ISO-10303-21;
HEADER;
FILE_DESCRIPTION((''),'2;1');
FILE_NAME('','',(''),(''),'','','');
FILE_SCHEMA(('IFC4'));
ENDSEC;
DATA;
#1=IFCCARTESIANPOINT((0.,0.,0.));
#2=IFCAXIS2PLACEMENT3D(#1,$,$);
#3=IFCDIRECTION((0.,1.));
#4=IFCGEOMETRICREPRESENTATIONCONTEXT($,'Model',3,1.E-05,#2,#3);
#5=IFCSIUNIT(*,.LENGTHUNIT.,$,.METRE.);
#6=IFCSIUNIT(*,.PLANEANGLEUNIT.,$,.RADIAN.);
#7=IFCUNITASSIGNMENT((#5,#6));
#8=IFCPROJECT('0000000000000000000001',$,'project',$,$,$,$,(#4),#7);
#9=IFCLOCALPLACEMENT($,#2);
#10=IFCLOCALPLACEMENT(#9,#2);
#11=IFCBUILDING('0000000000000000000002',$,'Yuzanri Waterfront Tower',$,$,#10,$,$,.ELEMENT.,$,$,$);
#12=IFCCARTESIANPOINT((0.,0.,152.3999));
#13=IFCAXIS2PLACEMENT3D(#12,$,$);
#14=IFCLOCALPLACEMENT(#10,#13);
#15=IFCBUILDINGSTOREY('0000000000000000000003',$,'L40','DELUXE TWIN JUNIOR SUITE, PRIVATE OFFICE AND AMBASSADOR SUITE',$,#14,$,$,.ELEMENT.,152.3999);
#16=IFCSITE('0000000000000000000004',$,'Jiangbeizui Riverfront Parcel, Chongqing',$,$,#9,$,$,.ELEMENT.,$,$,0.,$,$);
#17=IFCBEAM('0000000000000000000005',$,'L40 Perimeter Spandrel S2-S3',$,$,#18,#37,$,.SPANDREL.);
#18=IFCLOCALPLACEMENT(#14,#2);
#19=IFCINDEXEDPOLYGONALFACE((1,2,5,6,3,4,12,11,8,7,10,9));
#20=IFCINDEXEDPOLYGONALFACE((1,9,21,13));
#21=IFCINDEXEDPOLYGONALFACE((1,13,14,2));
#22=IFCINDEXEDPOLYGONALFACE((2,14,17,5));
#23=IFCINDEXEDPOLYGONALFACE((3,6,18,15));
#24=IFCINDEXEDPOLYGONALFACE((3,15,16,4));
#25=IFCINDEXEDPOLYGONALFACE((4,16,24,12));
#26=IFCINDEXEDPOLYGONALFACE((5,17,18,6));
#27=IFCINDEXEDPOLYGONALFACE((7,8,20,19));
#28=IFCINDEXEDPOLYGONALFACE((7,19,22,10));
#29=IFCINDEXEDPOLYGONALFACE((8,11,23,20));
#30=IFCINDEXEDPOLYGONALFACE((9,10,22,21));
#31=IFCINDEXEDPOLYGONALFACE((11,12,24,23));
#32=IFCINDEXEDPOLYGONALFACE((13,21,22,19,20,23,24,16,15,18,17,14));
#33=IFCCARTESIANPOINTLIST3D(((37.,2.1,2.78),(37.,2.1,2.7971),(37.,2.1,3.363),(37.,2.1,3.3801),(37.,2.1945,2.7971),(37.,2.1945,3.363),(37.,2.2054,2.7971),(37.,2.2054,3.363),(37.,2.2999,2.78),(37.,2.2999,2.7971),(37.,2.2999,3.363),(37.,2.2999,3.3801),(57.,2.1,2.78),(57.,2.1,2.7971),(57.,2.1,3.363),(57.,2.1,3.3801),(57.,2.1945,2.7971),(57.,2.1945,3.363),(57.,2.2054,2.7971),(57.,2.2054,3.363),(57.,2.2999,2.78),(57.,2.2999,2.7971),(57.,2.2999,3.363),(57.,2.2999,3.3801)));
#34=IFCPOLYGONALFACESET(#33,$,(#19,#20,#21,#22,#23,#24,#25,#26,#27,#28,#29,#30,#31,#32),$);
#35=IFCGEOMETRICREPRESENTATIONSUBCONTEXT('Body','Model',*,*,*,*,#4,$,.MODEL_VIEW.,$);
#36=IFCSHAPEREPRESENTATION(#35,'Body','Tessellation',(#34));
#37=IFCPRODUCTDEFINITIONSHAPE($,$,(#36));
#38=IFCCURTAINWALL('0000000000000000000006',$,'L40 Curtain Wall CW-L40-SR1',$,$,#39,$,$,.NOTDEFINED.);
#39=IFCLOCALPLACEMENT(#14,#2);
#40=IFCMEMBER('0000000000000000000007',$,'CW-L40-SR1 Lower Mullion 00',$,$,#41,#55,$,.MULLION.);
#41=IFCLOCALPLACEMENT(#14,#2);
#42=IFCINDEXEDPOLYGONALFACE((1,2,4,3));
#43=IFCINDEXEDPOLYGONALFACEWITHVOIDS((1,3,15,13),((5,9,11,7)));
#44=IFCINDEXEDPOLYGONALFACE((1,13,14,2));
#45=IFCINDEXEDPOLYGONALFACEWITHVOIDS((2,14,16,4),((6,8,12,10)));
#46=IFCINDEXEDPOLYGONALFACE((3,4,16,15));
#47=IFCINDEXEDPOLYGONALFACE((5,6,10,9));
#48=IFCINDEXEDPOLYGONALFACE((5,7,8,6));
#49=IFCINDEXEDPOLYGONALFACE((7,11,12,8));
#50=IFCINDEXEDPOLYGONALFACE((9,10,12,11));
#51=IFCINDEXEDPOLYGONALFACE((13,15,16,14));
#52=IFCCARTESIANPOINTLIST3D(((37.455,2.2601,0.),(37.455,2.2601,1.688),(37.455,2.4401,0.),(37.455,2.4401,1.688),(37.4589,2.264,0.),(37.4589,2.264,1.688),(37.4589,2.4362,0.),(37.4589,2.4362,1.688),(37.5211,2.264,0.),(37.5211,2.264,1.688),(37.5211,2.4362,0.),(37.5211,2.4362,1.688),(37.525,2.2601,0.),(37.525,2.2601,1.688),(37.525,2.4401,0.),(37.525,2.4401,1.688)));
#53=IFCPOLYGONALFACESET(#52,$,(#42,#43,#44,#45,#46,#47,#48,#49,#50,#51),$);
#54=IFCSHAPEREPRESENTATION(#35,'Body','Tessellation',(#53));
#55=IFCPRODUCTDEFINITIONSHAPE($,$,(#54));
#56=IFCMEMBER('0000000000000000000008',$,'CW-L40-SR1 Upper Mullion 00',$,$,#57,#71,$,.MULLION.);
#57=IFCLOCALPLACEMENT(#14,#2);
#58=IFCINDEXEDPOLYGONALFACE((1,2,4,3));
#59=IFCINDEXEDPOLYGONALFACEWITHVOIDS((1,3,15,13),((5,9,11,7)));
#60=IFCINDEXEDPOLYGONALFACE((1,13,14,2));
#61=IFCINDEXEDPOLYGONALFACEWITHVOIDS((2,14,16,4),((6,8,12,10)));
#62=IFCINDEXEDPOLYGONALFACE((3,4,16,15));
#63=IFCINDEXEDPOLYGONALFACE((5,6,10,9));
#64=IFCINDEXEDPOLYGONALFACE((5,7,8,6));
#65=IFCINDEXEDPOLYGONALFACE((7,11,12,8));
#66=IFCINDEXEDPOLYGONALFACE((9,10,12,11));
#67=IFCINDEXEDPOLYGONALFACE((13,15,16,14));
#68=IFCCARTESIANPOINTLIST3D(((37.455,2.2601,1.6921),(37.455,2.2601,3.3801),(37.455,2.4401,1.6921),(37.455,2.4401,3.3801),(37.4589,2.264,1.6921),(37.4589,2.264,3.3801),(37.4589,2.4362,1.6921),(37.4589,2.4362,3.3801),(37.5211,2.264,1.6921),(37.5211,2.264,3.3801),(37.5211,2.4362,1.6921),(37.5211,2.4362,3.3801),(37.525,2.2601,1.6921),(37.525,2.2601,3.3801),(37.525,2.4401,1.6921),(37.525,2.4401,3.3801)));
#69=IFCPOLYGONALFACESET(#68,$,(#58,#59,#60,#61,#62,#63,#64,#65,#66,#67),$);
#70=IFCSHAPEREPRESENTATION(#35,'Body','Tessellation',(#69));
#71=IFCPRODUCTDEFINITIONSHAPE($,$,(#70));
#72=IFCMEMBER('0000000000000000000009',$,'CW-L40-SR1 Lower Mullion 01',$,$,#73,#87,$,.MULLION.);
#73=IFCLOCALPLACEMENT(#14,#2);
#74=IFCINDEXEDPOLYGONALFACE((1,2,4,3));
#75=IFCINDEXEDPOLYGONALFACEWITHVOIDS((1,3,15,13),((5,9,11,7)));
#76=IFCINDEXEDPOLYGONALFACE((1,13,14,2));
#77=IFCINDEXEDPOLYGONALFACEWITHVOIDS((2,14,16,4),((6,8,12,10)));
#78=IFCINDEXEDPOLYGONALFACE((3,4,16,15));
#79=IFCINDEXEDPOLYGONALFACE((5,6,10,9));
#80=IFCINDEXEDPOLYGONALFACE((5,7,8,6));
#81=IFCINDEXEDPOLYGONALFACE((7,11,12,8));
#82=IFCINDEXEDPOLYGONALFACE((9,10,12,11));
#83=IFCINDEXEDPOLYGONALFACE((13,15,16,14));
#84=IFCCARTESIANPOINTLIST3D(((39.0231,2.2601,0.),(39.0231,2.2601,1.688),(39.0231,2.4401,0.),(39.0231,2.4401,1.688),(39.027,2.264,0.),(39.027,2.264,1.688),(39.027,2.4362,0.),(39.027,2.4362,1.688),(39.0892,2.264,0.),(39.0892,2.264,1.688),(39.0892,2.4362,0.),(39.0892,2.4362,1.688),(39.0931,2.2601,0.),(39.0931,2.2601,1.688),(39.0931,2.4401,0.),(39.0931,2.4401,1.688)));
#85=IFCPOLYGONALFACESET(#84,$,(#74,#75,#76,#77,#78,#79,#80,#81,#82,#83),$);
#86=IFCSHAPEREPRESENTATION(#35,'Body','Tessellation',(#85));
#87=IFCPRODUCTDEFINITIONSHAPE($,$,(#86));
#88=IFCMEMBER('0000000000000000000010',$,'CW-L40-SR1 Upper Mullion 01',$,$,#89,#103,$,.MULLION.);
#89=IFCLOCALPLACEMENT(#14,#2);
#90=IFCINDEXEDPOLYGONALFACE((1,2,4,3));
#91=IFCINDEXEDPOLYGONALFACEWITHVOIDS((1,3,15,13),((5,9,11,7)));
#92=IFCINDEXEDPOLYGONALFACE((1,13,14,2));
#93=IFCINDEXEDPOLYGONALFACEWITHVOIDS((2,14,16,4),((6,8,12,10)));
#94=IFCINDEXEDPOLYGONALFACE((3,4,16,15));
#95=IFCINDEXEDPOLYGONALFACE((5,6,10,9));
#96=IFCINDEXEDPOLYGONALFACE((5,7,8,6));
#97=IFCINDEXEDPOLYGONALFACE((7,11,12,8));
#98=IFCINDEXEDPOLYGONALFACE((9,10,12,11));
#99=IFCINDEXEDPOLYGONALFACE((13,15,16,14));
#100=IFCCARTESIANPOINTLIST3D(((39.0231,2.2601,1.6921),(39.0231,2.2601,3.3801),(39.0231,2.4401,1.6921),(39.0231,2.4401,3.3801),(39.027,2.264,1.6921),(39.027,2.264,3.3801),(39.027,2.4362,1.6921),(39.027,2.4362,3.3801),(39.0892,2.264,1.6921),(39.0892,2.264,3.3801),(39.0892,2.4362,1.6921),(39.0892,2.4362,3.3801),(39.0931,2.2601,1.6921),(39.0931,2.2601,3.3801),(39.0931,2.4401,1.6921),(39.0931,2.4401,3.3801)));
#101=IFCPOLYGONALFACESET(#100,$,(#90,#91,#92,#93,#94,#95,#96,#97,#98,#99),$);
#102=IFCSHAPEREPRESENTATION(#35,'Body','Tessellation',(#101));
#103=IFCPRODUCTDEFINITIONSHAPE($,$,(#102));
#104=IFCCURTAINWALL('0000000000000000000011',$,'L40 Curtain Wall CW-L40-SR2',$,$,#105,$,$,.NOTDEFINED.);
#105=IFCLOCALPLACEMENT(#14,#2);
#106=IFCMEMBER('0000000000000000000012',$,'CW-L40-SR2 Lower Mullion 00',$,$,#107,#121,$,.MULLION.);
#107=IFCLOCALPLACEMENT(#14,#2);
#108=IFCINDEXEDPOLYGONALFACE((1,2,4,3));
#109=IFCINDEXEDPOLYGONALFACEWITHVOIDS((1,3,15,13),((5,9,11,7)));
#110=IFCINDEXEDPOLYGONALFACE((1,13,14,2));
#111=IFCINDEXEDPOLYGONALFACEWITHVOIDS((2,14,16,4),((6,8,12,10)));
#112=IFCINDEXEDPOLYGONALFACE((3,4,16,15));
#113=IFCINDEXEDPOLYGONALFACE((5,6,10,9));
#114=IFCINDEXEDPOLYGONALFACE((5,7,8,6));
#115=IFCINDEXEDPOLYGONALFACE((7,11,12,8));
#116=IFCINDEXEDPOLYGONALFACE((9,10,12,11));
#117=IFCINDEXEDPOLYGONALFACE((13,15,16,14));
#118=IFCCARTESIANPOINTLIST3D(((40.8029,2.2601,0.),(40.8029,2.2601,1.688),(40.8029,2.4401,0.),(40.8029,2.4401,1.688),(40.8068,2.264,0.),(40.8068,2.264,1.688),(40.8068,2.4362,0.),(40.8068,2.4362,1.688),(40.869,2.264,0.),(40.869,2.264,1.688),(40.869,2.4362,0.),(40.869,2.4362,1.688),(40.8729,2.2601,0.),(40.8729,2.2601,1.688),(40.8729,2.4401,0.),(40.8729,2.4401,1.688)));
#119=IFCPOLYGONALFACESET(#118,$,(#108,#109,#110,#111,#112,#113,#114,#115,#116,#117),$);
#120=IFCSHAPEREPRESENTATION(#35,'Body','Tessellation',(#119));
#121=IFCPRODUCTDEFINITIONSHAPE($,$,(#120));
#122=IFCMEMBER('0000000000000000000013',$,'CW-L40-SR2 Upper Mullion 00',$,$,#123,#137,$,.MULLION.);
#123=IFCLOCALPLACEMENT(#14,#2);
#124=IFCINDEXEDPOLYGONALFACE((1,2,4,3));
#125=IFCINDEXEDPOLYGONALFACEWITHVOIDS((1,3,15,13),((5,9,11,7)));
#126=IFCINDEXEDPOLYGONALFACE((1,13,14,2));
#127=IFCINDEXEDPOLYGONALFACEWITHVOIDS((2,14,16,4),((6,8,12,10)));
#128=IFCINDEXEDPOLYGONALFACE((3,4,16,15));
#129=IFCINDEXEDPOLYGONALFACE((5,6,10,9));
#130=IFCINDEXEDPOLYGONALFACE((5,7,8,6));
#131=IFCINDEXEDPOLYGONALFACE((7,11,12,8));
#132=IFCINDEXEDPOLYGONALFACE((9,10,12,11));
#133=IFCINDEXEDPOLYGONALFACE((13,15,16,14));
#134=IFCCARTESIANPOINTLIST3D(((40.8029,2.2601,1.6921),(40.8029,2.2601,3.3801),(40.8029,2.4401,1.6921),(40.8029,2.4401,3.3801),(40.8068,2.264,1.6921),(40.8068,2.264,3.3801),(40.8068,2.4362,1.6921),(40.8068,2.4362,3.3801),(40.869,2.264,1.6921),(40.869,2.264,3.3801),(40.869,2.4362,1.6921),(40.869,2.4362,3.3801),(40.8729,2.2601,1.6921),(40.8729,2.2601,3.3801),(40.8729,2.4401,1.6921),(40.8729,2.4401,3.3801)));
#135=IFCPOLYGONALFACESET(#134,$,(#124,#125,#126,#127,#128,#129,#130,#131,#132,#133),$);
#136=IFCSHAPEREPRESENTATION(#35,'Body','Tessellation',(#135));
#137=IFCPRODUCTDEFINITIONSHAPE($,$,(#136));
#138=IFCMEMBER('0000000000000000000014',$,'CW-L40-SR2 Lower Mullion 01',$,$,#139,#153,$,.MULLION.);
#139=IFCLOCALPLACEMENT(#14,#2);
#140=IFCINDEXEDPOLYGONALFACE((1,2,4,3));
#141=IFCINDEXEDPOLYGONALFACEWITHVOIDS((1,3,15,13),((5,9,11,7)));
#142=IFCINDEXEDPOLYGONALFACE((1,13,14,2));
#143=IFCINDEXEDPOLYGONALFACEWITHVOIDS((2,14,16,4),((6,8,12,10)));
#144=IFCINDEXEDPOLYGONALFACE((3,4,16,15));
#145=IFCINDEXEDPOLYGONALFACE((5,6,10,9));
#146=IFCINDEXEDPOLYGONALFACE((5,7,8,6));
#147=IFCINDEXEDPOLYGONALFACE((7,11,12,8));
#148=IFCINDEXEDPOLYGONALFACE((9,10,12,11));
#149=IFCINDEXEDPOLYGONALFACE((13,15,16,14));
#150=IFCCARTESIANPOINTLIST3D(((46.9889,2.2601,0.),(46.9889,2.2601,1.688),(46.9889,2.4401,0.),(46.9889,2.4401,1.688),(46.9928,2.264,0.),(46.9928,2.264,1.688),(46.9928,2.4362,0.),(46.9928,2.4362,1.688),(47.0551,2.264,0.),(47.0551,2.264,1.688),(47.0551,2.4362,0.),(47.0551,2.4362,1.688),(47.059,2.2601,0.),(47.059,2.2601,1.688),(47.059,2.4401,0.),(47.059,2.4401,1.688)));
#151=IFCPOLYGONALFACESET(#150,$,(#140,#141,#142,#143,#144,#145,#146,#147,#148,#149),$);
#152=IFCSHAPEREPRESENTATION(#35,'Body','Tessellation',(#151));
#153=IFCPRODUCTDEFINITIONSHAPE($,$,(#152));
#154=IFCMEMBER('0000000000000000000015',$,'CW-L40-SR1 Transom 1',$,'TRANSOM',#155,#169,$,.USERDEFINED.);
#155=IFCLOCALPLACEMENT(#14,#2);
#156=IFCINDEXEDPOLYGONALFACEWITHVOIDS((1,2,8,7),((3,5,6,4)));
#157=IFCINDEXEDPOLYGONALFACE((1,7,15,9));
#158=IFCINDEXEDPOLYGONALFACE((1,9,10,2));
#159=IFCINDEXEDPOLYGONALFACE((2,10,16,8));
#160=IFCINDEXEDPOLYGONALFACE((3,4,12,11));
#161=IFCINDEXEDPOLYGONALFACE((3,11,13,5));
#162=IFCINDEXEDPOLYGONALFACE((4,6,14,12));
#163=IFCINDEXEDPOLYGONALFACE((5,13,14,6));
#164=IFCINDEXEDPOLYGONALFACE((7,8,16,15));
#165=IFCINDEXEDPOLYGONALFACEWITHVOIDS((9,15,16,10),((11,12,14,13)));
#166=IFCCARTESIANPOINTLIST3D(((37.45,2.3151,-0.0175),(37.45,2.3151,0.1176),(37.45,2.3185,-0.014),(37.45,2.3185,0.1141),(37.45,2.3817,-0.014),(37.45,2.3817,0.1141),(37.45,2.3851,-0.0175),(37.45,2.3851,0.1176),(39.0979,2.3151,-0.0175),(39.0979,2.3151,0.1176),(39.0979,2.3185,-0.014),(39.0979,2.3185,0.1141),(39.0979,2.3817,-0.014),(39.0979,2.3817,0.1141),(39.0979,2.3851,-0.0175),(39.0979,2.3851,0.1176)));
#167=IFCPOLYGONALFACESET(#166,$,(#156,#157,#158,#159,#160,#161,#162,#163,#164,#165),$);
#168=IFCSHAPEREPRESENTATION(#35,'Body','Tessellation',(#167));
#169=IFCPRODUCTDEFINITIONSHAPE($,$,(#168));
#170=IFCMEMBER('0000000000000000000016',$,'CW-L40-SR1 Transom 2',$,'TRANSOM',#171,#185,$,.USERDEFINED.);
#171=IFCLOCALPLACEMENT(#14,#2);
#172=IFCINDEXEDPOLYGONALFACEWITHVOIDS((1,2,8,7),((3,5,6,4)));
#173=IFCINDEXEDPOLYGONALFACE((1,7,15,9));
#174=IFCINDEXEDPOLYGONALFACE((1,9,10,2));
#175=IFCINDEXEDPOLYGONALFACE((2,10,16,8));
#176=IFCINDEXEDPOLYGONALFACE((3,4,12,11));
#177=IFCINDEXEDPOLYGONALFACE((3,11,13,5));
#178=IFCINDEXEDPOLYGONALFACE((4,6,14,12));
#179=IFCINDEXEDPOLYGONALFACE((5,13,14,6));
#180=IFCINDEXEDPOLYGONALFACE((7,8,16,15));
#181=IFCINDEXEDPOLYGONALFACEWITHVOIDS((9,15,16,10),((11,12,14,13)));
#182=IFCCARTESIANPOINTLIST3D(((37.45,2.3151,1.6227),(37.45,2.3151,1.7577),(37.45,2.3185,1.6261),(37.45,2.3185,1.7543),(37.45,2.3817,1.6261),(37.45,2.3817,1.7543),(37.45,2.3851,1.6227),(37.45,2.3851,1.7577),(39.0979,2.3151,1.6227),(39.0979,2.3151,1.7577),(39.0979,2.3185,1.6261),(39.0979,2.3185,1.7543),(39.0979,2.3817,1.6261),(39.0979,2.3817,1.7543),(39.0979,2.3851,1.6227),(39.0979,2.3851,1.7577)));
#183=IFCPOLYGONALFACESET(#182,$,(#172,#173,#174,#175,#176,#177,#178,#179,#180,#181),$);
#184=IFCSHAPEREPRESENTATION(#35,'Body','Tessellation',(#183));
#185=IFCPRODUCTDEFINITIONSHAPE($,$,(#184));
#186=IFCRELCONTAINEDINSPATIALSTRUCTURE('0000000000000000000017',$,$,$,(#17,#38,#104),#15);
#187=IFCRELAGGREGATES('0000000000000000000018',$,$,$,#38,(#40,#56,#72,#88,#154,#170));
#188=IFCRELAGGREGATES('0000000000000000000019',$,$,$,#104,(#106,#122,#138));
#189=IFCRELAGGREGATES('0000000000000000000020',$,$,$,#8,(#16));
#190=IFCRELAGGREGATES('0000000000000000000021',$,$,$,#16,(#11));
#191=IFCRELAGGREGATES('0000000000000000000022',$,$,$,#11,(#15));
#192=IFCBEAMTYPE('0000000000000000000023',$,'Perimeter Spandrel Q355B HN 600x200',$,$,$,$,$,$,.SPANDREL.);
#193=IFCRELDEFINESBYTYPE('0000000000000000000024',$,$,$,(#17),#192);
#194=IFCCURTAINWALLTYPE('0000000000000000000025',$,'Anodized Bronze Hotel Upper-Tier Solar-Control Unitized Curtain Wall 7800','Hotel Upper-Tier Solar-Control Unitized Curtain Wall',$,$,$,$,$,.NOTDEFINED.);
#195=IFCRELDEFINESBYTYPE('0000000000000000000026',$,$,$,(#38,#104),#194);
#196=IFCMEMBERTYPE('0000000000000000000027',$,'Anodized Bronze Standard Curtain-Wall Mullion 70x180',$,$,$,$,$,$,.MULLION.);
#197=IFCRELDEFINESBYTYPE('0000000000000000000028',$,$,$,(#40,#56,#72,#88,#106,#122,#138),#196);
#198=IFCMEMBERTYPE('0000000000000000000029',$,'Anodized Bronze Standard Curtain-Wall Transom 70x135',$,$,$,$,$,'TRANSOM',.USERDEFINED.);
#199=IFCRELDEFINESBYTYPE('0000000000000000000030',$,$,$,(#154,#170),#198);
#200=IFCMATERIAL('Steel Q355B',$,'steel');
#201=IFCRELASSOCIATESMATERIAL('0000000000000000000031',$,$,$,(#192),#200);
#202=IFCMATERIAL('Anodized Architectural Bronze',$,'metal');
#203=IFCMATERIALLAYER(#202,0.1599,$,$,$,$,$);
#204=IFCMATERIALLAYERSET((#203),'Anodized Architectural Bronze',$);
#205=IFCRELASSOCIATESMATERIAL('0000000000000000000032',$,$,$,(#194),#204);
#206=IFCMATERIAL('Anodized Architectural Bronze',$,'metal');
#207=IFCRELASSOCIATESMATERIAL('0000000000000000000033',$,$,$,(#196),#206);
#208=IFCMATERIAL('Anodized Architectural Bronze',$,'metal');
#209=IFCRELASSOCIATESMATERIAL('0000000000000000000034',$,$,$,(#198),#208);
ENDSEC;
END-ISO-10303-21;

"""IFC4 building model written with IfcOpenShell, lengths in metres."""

from ifc_helpers import new_model, si_unit, direction, frame, origin, origin_2d, place, context, subcontext, project, spatial, hollow_rectangle, i_section, extrude, source, transform, mapped, material, layer, layer_set, material_profile, profile_set, type_object, element, aggregate, save


model = new_model("IFC4")

# Units and contexts
model_context = context("Model", 3, precision=1e-05, world=origin(), true_north=direction((0.0, 1.0)))
body_context = subcontext(model_context, "Body", "Model", "MODEL_VIEW")
ifc_project = project(units=[si_unit("LENGTHUNIT", "METRE"), si_unit("PLANEANGLEUNIT", "RADIAN")], contexts=[model_context])

# Site, building, storey
site_placement = place(None, origin())
site = spatial("IfcSite", under=ifc_project, at=site_placement, Name="Jiangbeizui Riverfront Parcel, Chongqing", CompositionType="ELEMENT", RefElevation=0.0)
building_placement = place(site_placement, origin())
building = spatial("IfcBuilding", under=site, at=building_placement, Name="Yuzanri Waterfront Tower", CompositionType="ELEMENT")
storey_placement = place(building_placement, frame((0.0, 0.0, 152.3999)))
storey = spatial("IfcBuildingStorey", under=building, at=storey_placement, Name="L40", Description="DELUXE TWIN JUNIOR SUITE, PRIVATE OFFICE AND AMBASSADOR SUITE", CompositionType="ELEMENT", Elevation=152.3999)

# Beam
ifc_material_1 = material(Name="Steel Q355B", Category="steel")
ifc_material_profile_1 = material_profile(ifc_material_1, i_section(OverallWidth=0.2, OverallDepth=0.6001, WebThickness=0.011, FlangeThickness=0.0171, at=origin_2d()), Name="HN 600x200x11x17")
ifc_profile_set_1 = profile_set([ifc_material_profile_1], Name="Steel Q355B")
beam_type = type_object("IfcBeamType", Name="Perimeter Spandrel Q355B HN 600x200", PredefinedType="SPANDREL", material=ifc_profile_set_1)
shared_shape_1 = source(origin(), body_context, "Body", "SweptSolid", [
    extrude(i_section(OverallWidth=0.2, OverallDepth=0.6001, WebThickness=0.011, FlangeThickness=0.0171, at=origin_2d()), origin(), (0.0, 0.0, 1.0), 20.0),
])
beam_placement = place(storey_placement, frame((37.0, 2.2, 3.0801), z_axis=(1.0, 0.0, 0.0), x_axis=(0.0, 1.0, 0.0)))
element("IfcBeam", 1, at=beam_placement, inside=storey, type_object=beam_type, Name="L40 Perimeter Spandrel S2-S3", PredefinedType="SPANDREL", context=body_context, shape_type="MappedRepresentation", body=[
    mapped(shared_shape_1, transform((0.0, 0.0, 0.0), scale=1.0)),
])

# Curtain walls, members
ifc_material_2 = material(Name="Anodized Architectural Bronze", Category="metal")
ifc_layer_1 = layer(ifc_material_2, 0.1599)
ifc_layer_set_1 = layer_set([ifc_layer_1], Name="Anodized Architectural Bronze")
curtain_wall_type = type_object("IfcCurtainWallType", Name="Anodized Bronze Hotel Upper-Tier Solar-Control Unitized Curtain Wall 7800", Description="Hotel Upper-Tier Solar-Control Unitized Curtain Wall", PredefinedType="NOTDEFINED", material=ifc_layer_set_1)
curtain_wall_1_placement = place(storey_placement, origin())
curtain_wall_1 = element("IfcCurtainWall", 2, at=curtain_wall_1_placement, inside=storey, type_object=curtain_wall_type, Name="L40 Curtain Wall CW-L40-SR1", PredefinedType="NOTDEFINED")
ifc_material_3 = material(Name="Anodized Architectural Bronze", Category="metal")
ifc_material_profile_2 = material_profile(ifc_material_3, hollow_rectangle(XDim=0.0701, YDim=0.1799, WallThickness=0.0039, at=origin_2d()), Name="CWM 70x180")
ifc_profile_set_2 = profile_set([ifc_material_profile_2], Name="Anodized Architectural Bronze")
member_type_1 = type_object("IfcMemberType", Name="Anodized Bronze Standard Curtain-Wall Mullion 70x180", PredefinedType="MULLION", material=ifc_profile_set_2)
shared_shape_2 = source(origin(), body_context, "Body", "SweptSolid", [
    extrude(hollow_rectangle(XDim=0.0701, YDim=0.1799, WallThickness=0.0039, at=origin_2d()), origin(), (0.0, 0.0, 1.0), 1.688),
])
member_1_placement = place(storey_placement, frame((37.49, 2.3501, 0.0), z_axis=(0.0, 0.0, 1.0), x_axis=(1.0, 0.0, 0.0)))
member_1 = element("IfcMember", 3, at=member_1_placement, type_object=member_type_1, Name="CW-L40-SR1 Lower Mullion 00", PredefinedType="MULLION", context=body_context, shape_type="MappedRepresentation", body=[
    mapped(shared_shape_2, transform((0.0, 0.0, 0.0), scale=1.0)),
])
member_2_placement = place(storey_placement, frame((37.49, 2.3501, 1.6921), z_axis=(0.0, 0.0, 1.0), x_axis=(1.0, 0.0, 0.0)))
member_2 = element("IfcMember", 4, at=member_2_placement, type_object=member_type_1, Name="CW-L40-SR1 Upper Mullion 00", PredefinedType="MULLION", context=body_context, shape_type="MappedRepresentation", body=[
    mapped(shared_shape_2, transform((0.0, 0.0, 0.0), scale=1.0)),
])
member_3_placement = place(storey_placement, frame((39.0581, 2.3501, 0.0), z_axis=(0.0, 0.0, 1.0), x_axis=(1.0, 0.0, 0.0)))
member_3 = element("IfcMember", 5, at=member_3_placement, type_object=member_type_1, Name="CW-L40-SR1 Lower Mullion 01", PredefinedType="MULLION", context=body_context, shape_type="MappedRepresentation", body=[
    mapped(shared_shape_2, transform((0.0, 0.0, 0.0), scale=1.0)),
])
member_4_placement = place(storey_placement, frame((39.0581, 2.3501, 1.6921), z_axis=(0.0, 0.0, 1.0), x_axis=(1.0, 0.0, 0.0)))
member_4 = element("IfcMember", 6, at=member_4_placement, type_object=member_type_1, Name="CW-L40-SR1 Upper Mullion 01", PredefinedType="MULLION", context=body_context, shape_type="MappedRepresentation", body=[
    mapped(shared_shape_2, transform((0.0, 0.0, 0.0), scale=1.0)),
])
curtain_wall_2_placement = place(storey_placement, origin())
curtain_wall_2 = element("IfcCurtainWall", 7, at=curtain_wall_2_placement, inside=storey, type_object=curtain_wall_type, Name="L40 Curtain Wall CW-L40-SR2", PredefinedType="NOTDEFINED")
member_5_placement = place(storey_placement, frame((40.8379, 2.3501, 0.0), z_axis=(0.0, 0.0, 1.0), x_axis=(1.0, 0.0, 0.0)))
member_5 = element("IfcMember", 8, at=member_5_placement, type_object=member_type_1, Name="CW-L40-SR2 Lower Mullion 00", PredefinedType="MULLION", context=body_context, shape_type="MappedRepresentation", body=[
    mapped(shared_shape_2, transform((0.0, 0.0, 0.0), scale=1.0)),
])
member_6_placement = place(storey_placement, frame((40.8379, 2.3501, 1.6921), z_axis=(0.0, 0.0, 1.0), x_axis=(1.0, 0.0, 0.0)))
member_6 = element("IfcMember", 9, at=member_6_placement, type_object=member_type_1, Name="CW-L40-SR2 Upper Mullion 00", PredefinedType="MULLION", context=body_context, shape_type="MappedRepresentation", body=[
    mapped(shared_shape_2, transform((0.0, 0.0, 0.0), scale=1.0)),
])
member_7_placement = place(storey_placement, frame((47.0239, 2.3501, 0.0), z_axis=(0.0, 0.0, 1.0), x_axis=(1.0, 0.0, 0.0)))
member_7 = element("IfcMember", 10, at=member_7_placement, type_object=member_type_1, Name="CW-L40-SR2 Lower Mullion 01", PredefinedType="MULLION", context=body_context, shape_type="MappedRepresentation", body=[
    mapped(shared_shape_2, transform((0.0, 0.0, 0.0), scale=1.0)),
])

# Members
ifc_material_4 = material(Name="Anodized Architectural Bronze", Category="metal")
ifc_material_profile_3 = material_profile(ifc_material_4, hollow_rectangle(XDim=0.0701, YDim=0.135, WallThickness=0.0034, at=origin_2d()), Name="CWT 70x135")
ifc_profile_set_3 = profile_set([ifc_material_profile_3], Name="Anodized Architectural Bronze")
member_type_2 = type_object("IfcMemberType", Name="Anodized Bronze Standard Curtain-Wall Transom 70x135", ElementType="TRANSOM", PredefinedType="USERDEFINED", material=ifc_profile_set_3)
shared_shape_3 = source(origin(), body_context, "Body", "SweptSolid", [
    extrude(hollow_rectangle(XDim=0.0701, YDim=0.135, WallThickness=0.0034, at=origin_2d()), origin(), (0.0, 0.0, 1.0), 1.6479),
])
member_8_placement = place(storey_placement, frame((37.45, 2.3501, 0.05), z_axis=(1.0, 0.0, 0.0), x_axis=(0.0, 1.0, 0.0)))
member_8 = element("IfcMember", 11, at=member_8_placement, type_object=member_type_2, Name="CW-L40-SR1 Transom 1", ObjectType="TRANSOM", PredefinedType="USERDEFINED", context=body_context, shape_type="MappedRepresentation", body=[
    mapped(shared_shape_3, transform((0.0, 0.0, 0.0), scale=1.0)),
])
member_9_placement = place(storey_placement, frame((37.45, 2.3501, 1.6902), z_axis=(1.0, 0.0, 0.0), x_axis=(0.0, 1.0, 0.0)))
member_9 = element("IfcMember", 12, at=member_9_placement, type_object=member_type_2, Name="CW-L40-SR1 Transom 2", ObjectType="TRANSOM", PredefinedType="USERDEFINED", context=body_context, shape_type="MappedRepresentation", body=[
    mapped(shared_shape_3, transform((0.0, 0.0, 0.0), scale=1.0)),
])

aggregate(curtain_wall_1, [member_1, member_2, member_3, member_4, member_8, member_9])
aggregate(curtain_wall_2, [member_5, member_6, member_7])

save(model, "model.ifc")
